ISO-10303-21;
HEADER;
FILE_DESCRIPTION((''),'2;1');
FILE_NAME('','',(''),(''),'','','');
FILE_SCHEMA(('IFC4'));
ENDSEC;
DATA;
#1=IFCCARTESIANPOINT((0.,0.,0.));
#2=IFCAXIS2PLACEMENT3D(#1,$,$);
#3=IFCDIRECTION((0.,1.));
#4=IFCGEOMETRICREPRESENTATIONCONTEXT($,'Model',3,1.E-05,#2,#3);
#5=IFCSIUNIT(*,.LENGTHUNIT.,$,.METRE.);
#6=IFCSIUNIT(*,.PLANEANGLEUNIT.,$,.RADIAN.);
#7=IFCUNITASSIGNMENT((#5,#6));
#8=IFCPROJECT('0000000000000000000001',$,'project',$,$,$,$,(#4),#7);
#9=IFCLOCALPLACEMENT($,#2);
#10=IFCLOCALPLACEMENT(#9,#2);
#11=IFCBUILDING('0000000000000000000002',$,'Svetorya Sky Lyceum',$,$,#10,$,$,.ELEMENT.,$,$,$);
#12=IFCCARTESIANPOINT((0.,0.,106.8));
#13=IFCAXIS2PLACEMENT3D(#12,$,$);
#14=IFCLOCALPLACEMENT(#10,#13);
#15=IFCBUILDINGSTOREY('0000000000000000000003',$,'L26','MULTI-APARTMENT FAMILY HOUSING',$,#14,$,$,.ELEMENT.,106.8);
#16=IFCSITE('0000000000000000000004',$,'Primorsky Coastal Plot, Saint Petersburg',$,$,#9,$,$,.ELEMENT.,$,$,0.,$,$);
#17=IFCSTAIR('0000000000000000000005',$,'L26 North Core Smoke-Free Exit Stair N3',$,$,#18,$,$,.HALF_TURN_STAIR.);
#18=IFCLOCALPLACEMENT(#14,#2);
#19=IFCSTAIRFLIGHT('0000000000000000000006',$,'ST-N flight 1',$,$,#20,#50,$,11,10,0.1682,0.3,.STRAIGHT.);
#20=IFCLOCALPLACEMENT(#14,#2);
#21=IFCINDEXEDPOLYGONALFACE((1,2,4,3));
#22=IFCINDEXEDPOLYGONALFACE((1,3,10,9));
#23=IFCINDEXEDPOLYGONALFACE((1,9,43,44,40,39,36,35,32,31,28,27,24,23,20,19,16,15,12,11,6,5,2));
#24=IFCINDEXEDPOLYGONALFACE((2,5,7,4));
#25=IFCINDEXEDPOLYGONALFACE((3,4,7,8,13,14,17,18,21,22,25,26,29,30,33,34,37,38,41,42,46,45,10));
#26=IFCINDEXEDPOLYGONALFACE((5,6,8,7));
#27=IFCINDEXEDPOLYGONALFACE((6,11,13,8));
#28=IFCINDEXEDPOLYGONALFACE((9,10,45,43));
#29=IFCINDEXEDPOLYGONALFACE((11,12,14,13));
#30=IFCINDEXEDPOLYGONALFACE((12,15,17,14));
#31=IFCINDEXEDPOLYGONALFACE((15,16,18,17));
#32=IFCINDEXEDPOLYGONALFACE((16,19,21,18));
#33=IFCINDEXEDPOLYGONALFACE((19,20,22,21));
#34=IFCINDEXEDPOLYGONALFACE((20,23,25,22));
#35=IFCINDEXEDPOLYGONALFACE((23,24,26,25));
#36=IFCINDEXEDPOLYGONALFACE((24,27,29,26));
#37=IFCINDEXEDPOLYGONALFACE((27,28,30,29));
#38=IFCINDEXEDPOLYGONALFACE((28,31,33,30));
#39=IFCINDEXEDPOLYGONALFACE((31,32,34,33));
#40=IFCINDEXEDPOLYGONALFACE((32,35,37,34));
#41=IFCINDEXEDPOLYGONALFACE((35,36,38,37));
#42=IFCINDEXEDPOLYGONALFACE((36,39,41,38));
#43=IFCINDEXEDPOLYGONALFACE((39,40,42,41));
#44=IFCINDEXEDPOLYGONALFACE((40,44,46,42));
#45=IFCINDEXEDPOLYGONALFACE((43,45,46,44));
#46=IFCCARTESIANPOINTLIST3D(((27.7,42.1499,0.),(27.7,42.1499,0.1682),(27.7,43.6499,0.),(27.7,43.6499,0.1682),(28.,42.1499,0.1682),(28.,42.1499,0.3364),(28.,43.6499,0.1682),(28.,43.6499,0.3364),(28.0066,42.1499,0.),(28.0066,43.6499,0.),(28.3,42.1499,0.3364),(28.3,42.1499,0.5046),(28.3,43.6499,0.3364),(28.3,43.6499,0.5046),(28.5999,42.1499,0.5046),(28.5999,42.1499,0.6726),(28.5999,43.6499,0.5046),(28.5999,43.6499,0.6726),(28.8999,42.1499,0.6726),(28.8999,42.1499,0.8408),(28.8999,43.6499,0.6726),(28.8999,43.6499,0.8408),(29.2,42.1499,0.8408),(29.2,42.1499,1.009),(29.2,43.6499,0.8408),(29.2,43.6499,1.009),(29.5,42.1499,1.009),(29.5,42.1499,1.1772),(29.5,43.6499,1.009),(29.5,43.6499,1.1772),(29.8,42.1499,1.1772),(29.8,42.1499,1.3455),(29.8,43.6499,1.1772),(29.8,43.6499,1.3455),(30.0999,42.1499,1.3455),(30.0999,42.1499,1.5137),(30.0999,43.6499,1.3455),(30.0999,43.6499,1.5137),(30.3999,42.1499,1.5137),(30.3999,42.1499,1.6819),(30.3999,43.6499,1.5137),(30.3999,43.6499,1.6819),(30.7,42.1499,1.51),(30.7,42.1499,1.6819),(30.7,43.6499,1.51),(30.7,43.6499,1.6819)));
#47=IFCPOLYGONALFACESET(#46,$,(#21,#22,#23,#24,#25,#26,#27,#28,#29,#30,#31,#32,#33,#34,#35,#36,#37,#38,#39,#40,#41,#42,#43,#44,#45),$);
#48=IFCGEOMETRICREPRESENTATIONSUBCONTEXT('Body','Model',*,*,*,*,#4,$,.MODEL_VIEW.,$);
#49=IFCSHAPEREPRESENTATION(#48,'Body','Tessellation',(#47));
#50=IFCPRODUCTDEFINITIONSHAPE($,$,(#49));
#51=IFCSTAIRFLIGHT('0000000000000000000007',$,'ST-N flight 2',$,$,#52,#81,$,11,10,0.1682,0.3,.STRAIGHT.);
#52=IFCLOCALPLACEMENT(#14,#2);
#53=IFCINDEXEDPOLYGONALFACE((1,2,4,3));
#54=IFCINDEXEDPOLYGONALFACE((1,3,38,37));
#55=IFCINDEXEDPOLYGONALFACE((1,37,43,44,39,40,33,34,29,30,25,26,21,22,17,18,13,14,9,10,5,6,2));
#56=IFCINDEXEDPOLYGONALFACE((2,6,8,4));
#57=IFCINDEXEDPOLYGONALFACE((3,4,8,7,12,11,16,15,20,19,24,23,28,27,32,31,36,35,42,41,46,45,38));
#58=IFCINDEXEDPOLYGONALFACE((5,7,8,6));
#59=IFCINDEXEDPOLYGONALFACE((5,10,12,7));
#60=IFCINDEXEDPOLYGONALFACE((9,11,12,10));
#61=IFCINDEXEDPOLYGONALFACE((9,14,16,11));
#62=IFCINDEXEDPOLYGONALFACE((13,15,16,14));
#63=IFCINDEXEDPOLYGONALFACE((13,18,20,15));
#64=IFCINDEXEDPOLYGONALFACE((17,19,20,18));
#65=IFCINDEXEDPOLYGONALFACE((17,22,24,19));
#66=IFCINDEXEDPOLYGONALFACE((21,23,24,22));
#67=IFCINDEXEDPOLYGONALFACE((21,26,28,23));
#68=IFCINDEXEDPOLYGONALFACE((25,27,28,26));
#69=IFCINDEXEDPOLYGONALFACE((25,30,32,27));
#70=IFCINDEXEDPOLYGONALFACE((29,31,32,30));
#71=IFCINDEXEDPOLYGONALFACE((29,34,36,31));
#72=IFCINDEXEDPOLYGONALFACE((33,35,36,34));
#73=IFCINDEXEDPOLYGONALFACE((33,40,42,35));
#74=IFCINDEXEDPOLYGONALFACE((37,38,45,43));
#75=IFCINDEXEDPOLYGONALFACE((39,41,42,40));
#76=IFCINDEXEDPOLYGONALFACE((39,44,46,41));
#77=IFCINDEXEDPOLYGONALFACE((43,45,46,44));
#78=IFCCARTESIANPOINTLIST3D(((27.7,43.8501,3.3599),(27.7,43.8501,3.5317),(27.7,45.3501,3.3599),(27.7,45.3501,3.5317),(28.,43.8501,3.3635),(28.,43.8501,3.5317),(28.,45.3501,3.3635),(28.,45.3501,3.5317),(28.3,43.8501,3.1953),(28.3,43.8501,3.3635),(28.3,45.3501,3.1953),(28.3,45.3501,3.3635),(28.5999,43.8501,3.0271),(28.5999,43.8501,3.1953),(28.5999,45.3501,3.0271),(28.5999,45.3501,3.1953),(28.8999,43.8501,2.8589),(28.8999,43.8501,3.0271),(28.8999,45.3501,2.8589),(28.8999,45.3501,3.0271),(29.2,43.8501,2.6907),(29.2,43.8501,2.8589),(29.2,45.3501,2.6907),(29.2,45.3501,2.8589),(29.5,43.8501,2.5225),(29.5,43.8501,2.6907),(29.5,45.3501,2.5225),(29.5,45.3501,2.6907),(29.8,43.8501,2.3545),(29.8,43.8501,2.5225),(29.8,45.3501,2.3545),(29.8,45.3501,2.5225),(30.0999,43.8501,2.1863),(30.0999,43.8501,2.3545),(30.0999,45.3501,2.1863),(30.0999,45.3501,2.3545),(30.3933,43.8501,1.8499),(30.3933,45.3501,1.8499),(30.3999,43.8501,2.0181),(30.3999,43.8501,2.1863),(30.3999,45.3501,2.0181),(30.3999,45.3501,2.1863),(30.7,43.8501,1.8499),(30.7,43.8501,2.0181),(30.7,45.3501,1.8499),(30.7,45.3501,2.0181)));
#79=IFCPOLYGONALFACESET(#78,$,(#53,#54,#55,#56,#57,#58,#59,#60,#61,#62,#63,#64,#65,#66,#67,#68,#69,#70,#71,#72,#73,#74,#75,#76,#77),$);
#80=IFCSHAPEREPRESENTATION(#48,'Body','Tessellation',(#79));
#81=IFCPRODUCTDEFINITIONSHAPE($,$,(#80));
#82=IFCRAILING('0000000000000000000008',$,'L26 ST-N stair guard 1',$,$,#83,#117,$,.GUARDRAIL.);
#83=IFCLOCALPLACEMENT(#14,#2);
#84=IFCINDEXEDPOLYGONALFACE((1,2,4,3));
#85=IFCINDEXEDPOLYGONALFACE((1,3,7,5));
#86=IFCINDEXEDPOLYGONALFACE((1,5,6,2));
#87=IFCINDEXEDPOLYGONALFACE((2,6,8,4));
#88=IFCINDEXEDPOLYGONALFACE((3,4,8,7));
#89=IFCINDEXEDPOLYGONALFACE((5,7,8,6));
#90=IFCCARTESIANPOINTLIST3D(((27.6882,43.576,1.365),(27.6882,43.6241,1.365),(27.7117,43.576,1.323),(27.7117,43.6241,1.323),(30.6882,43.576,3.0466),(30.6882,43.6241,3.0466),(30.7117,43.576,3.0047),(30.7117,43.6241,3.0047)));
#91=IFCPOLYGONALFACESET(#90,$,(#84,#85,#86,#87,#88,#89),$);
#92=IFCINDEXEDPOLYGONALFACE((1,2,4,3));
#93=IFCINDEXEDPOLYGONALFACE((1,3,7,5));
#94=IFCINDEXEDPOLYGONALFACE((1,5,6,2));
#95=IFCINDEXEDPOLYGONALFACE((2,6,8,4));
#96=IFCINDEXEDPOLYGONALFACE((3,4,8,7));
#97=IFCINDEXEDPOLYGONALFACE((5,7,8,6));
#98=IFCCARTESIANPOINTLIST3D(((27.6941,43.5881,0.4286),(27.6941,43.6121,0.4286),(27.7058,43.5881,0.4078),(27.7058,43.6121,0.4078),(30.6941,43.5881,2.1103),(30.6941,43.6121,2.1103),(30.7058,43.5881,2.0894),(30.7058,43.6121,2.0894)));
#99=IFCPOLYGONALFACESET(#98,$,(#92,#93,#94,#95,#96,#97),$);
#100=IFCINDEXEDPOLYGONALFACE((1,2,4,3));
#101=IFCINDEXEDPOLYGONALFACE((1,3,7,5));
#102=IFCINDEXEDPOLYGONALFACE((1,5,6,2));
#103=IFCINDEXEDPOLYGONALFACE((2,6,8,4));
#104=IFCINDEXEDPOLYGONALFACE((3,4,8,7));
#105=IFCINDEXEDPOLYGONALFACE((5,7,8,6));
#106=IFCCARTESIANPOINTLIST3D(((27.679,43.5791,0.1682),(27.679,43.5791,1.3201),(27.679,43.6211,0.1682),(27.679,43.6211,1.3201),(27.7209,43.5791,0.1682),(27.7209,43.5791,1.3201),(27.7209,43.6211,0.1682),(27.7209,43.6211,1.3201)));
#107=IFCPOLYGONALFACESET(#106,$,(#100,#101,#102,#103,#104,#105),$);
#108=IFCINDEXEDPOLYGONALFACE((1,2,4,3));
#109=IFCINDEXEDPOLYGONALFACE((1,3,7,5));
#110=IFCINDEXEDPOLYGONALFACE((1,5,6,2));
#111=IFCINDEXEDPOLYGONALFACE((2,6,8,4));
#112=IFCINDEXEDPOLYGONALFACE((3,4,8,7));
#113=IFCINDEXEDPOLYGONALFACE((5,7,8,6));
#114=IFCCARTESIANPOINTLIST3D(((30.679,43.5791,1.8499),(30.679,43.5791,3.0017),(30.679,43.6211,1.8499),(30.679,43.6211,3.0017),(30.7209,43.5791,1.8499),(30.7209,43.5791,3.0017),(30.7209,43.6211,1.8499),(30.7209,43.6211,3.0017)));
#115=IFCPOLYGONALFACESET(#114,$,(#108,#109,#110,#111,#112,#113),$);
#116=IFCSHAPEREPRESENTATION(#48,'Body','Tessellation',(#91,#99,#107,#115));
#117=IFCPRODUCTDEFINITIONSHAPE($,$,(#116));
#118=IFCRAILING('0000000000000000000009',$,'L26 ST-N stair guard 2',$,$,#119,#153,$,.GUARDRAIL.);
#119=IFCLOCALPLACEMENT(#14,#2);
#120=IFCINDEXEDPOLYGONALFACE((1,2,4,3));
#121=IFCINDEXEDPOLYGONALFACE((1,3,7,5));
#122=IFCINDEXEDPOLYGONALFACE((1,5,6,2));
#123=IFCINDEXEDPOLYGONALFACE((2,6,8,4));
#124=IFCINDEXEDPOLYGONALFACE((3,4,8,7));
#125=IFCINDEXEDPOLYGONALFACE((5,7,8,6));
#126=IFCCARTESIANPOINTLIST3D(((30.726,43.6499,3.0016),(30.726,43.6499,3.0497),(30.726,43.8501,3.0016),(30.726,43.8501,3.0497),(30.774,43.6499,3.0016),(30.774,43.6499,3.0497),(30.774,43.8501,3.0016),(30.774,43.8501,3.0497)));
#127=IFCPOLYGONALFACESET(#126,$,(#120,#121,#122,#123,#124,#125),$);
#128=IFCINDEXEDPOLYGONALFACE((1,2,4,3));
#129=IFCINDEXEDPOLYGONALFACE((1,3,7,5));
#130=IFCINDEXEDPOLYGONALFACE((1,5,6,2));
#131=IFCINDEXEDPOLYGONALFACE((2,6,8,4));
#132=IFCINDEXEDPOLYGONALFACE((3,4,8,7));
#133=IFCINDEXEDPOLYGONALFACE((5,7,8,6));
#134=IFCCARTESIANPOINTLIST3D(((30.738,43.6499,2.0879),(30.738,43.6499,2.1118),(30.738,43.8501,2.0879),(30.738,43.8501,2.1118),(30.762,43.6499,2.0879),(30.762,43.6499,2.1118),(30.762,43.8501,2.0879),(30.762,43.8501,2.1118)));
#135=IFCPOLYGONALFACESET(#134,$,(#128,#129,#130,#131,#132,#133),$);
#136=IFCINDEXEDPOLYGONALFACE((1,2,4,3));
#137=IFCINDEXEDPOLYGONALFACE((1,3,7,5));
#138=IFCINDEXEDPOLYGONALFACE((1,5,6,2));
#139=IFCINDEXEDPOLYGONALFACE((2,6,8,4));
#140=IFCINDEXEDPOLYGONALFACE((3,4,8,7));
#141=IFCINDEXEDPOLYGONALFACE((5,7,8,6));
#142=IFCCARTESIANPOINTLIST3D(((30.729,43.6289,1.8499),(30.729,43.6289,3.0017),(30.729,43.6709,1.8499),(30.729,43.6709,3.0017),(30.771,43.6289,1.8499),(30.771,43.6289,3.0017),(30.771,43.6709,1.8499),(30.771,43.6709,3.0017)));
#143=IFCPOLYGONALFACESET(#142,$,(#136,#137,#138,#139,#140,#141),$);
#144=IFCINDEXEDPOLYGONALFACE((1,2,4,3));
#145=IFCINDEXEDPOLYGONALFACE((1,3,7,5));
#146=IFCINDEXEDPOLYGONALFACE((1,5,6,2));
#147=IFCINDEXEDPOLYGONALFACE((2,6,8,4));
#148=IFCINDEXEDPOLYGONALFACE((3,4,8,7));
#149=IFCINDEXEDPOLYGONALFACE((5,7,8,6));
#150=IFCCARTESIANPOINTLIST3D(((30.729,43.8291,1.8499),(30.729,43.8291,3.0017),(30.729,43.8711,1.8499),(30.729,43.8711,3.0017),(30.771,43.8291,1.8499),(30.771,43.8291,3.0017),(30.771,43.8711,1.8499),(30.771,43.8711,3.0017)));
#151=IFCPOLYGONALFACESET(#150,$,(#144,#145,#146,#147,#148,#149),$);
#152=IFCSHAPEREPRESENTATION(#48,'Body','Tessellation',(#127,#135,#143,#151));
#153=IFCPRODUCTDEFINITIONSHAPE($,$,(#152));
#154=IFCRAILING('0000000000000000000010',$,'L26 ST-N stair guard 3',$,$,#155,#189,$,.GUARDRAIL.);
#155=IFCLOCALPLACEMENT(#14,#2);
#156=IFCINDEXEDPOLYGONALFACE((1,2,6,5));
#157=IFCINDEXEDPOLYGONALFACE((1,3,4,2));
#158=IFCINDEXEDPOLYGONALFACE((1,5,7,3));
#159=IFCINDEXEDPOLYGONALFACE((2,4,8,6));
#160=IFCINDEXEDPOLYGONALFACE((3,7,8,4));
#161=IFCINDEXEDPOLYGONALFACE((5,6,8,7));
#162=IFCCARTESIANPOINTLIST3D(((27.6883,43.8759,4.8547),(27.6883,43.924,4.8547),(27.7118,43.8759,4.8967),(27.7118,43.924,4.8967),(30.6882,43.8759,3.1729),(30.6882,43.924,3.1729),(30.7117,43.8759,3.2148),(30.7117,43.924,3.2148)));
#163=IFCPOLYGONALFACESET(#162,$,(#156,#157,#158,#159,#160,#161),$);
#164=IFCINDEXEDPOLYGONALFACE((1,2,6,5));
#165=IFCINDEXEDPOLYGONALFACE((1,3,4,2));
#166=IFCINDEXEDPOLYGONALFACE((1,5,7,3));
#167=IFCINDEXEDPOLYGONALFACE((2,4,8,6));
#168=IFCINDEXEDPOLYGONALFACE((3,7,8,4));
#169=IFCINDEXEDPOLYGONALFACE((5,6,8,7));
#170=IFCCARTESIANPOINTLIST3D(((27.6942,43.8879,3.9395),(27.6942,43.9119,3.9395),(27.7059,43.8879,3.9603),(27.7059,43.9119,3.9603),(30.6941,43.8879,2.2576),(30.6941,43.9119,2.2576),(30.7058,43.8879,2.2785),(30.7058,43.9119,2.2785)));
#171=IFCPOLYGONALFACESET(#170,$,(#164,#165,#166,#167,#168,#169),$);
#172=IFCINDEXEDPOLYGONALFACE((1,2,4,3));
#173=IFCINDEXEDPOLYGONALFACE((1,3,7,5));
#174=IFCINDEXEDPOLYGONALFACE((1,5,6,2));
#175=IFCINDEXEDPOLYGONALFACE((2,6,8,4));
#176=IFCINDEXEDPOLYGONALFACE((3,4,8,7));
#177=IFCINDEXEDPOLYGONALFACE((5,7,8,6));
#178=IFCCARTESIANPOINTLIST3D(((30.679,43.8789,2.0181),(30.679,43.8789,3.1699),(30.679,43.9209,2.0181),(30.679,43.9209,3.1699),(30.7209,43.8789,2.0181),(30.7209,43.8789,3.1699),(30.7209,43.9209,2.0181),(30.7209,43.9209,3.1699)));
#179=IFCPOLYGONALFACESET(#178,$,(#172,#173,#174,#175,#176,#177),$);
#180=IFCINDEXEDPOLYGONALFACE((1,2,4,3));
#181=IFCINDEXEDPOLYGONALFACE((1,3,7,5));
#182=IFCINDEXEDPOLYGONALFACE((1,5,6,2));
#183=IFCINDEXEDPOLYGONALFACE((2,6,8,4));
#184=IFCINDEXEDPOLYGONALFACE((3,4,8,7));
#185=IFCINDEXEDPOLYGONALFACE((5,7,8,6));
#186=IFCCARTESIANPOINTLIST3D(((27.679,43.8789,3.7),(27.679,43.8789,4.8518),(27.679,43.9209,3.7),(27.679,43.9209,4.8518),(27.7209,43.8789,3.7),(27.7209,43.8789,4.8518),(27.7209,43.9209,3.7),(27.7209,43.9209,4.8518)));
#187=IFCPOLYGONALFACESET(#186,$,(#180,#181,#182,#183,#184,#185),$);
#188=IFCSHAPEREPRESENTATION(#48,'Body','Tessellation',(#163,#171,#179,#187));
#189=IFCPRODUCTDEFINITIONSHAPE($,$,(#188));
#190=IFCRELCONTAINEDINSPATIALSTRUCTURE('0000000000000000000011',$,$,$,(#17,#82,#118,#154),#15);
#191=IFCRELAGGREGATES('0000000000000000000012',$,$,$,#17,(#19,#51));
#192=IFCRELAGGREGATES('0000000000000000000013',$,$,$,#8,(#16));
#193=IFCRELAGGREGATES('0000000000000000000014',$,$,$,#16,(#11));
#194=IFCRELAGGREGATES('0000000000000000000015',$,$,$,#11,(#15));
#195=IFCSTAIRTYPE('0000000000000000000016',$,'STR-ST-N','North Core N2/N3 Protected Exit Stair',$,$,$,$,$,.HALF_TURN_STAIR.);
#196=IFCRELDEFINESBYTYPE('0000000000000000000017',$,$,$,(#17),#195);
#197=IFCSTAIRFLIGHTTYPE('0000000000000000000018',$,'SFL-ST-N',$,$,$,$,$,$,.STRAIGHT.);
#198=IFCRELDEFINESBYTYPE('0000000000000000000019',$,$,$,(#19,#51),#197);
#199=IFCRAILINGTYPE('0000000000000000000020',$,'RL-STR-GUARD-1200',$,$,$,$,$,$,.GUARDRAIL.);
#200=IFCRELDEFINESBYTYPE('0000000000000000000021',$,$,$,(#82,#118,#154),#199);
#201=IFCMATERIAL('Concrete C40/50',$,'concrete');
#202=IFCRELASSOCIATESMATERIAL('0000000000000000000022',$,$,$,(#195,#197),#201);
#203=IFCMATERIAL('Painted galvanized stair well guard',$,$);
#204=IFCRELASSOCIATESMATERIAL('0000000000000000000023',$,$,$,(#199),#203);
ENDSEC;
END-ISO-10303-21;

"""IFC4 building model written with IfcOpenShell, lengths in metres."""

from ifc_helpers import new_model, si_unit, direction, frame, origin, origin_2d, place, context, subcontext, project, spatial, polyline, rectangle, outline, extrude, material, type_object, element, aggregate, save


model = new_model("IFC4")

# Units and contexts
model_context = context("Model", 3, precision=1e-05, world=origin(), true_north=direction((0.0, 1.0)))
body_context = subcontext(model_context, "Body", "Model", "MODEL_VIEW")
ifc_project = project(units=[si_unit("LENGTHUNIT", "METRE"), si_unit("PLANEANGLEUNIT", "RADIAN")], contexts=[model_context])

# Site, building, storey
site_placement = place(None, origin())
site = spatial("IfcSite", under=ifc_project, at=site_placement, Name="Primorsky Coastal Plot, Saint Petersburg", CompositionType="ELEMENT", RefElevation=0.0)
building_placement = place(site_placement, origin())
building = spatial("IfcBuilding", under=site, at=building_placement, Name="Svetorya Sky Lyceum", CompositionType="ELEMENT")
storey_placement = place(building_placement, frame((0.0, 0.0, 106.8)))
storey = spatial("IfcBuildingStorey", under=building, at=storey_placement, Name="L26", Description="MULTI-APARTMENT FAMILY HOUSING", CompositionType="ELEMENT", Elevation=106.8)

# Shared definitions
ifc_material_1 = material(Name="Concrete C40/50", Category="concrete")

# Stair, stair flights
stair_type = type_object("IfcStairType", Name="STR-ST-N", Description="North Core N2/N3 Protected Exit Stair", PredefinedType="HALF_TURN_STAIR", material=ifc_material_1)
stair_placement = place(storey_placement, origin())
stair = element("IfcStair", 1, at=stair_placement, inside=storey, type_object=stair_type, Name="L26 North Core Smoke-Free Exit Stair N3", PredefinedType="HALF_TURN_STAIR")
stair_flight_type = type_object("IfcStairFlightType", Name="SFL-ST-N", PredefinedType="STRAIGHT", material=ifc_material_1)
stair_flight_1_placement = place(storey_placement, frame((27.7, 42.8999, 0.0), z_axis=(0.0, 0.0, 1.0), x_axis=(1.0, 0.0, 0.0)))
stair_flight_1 = element("IfcStairFlight", 2, at=stair_flight_1_placement, type_object=stair_flight_type, Name="ST-N flight 1", NumberOfRisers=11, NumberOfTreads=10, PredefinedType="STRAIGHT", RiserHeight=0.1682, TreadLength=0.3, context=body_context, shape_type="SweptSolid", body=[
    extrude(outline(polyline([(0.0, 0.0), (0.0, 0.1682), (0.3, 0.1682), (0.3, 0.3364), (0.6001, 0.3364), (0.6001, 0.5046), (0.8999, 0.5046), (0.8999, 0.6726), (1.2, 0.6726), (1.2, 0.8408), (1.5, 0.8408), (1.5, 1.009), (1.8, 1.009), (1.8, 1.1772), (2.1001, 1.1772), (2.1001, 1.3455), (2.3999, 1.3455), (2.3999, 1.5137), (2.7, 1.5137), (2.7, 1.6819), (3.0, 1.6819), (3.0, 1.8501), (3.0, 1.51), (0.3066, 0.0), (0.0, 0.0)])), frame((0.0, 0.75, 0.0), z_axis=(0.0, -1.0, 0.0), x_axis=(1.0, 0.0, 0.0)), (0.0, 0.0, 1.0), 1.5),
])
stair_flight_2_placement = place(storey_placement, frame((30.7, 44.6001, 1.8499), z_axis=(0.0, 0.0, 1.0), x_axis=(-1.0, 0.0, 0.0)))
stair_flight_2 = element("IfcStairFlight", 3, at=stair_flight_2_placement, type_object=stair_flight_type, Name="ST-N flight 2", NumberOfRisers=11, NumberOfTreads=10, PredefinedType="STRAIGHT", RiserHeight=0.1682, TreadLength=0.3, context=body_context, shape_type="SweptSolid", body=[
    extrude(outline(polyline([(0.0, 0.0), (0.0, 0.1682), (0.3, 0.1682), (0.3, 0.3364), (0.6001, 0.3364), (0.6001, 0.5046), (0.8999, 0.5046), (0.8999, 0.6726), (1.2, 0.6726), (1.2, 0.8408), (1.5, 0.8408), (1.5, 1.009), (1.8, 1.009), (1.8, 1.1772), (2.1001, 1.1772), (2.1001, 1.3455), (2.3999, 1.3455), (2.3999, 1.5137), (2.7, 1.5137), (2.7, 1.6819), (3.0, 1.6819), (3.0, 1.8501), (3.0, 1.51), (0.3066, 0.0), (0.0, 0.0)])), frame((0.0, 0.75, 0.0), z_axis=(0.0, -1.0, 0.0), x_axis=(1.0, 0.0, 0.0)), (0.0, 0.0, 1.0), 1.5),
])
aggregate(stair, [stair_flight_1, stair_flight_2])

# Railings
ifc_material_2 = material(Name="Painted galvanized stair well guard")
railing_type_1 = type_object("IfcRailingType", Name="RL-STR-GUARD-1200", PredefinedType="GUARDRAIL", material=ifc_material_2)
railing_1_placement = place(storey_placement, frame((27.7, 43.6001, 0.1682)))
element("IfcRailing", 4, at=railing_1_placement, inside=storey, type_object=railing_type_1, Name="L26 ST-N stair guard 1", PredefinedType="GUARDRAIL", context=body_context, shape_type="SweptSolid", body=[
    extrude(rectangle(XDim=0.0481, YDim=0.0481, at=origin_2d()), frame((0.0, 0.0, 1.1758), z_axis=(0.872303, 0.0, 0.488966), x_axis=(0.0, 1.0, 0.0)), (0.0, 0.0, 1.0), 3.4392),
    extrude(rectangle(XDim=0.0239, YDim=0.0239, at=origin_2d()), frame((0.0, 0.0, 0.25), z_axis=(0.872303, 0.0, 0.488966), x_axis=(0.0, 1.0, 0.0)), (0.0, 0.0, 1.0), 3.4392),
    extrude(rectangle(XDim=0.042, YDim=0.042, at=origin_2d()), origin(), (0.0, 0.0, 1.0), 1.1519),
    extrude(rectangle(XDim=0.042, YDim=0.042, at=origin_2d()), frame((3.0, 0.0, 1.6816)), (0.0, 0.0, 1.0), 1.1519),
])
railing_2_placement = place(storey_placement, frame((30.75, 43.6499, 1.8499)))
element("IfcRailing", 5, at=railing_2_placement, inside=storey, type_object=railing_type_1, Name="L26 ST-N stair guard 2", PredefinedType="GUARDRAIL", context=body_context, shape_type="SweptSolid", body=[
    extrude(rectangle(XDim=0.0481, YDim=0.0481, at=origin_2d()), frame((0.0, 0.0, 1.1758), z_axis=(0.0, 1.0, 0.0), x_axis=(-1.0, 0.0, 0.0)), (0.0, 0.0, 1.0), 0.2002),
    extrude(rectangle(XDim=0.0239, YDim=0.0239, at=origin_2d()), frame((0.0, 0.0, 0.25), z_axis=(0.0, 1.0, 0.0), x_axis=(-1.0, 0.0, 0.0)), (0.0, 0.0, 1.0), 0.2002),
    extrude(rectangle(XDim=0.042, YDim=0.042, at=origin_2d()), origin(), (0.0, 0.0, 1.0), 1.1519),
    extrude(rectangle(XDim=0.042, YDim=0.042, at=origin_2d()), frame((0.0, 0.2002, 0.0)), (0.0, 0.0, 1.0), 1.1519),
])
railing_3_placement = place(storey_placement, frame((30.7, 43.8999, 2.0181)))
element("IfcRailing", 6, at=railing_3_placement, inside=storey, type_object=railing_type_1, Name="L26 ST-N stair guard 3", PredefinedType="GUARDRAIL", context=body_context, shape_type="SweptSolid", body=[
    extrude(rectangle(XDim=0.0481, YDim=0.0481, at=origin_2d()), frame((0.0, 0.0, 1.1758), z_axis=(-0.872272, 0.0, 0.48902), x_axis=(0.0, -1.0, 0.0)), (0.0, 0.0, 1.0), 3.4392),
    extrude(rectangle(XDim=0.0239, YDim=0.0239, at=origin_2d()), frame((0.0, 0.0, 0.25), z_axis=(-0.872272, 0.0, 0.48902), x_axis=(0.0, -1.0, 0.0)), (0.0, 0.0, 1.0), 3.4392),
    extrude(rectangle(XDim=0.042, YDim=0.042, at=origin_2d()), origin(), (0.0, 0.0, 1.0), 1.1519),
    extrude(rectangle(XDim=0.042, YDim=0.042, at=origin_2d()), frame((-3.0, 0.0, 1.6819)), (0.0, 0.0, 1.0), 1.1519),
])

save(model, "model.ifc")
